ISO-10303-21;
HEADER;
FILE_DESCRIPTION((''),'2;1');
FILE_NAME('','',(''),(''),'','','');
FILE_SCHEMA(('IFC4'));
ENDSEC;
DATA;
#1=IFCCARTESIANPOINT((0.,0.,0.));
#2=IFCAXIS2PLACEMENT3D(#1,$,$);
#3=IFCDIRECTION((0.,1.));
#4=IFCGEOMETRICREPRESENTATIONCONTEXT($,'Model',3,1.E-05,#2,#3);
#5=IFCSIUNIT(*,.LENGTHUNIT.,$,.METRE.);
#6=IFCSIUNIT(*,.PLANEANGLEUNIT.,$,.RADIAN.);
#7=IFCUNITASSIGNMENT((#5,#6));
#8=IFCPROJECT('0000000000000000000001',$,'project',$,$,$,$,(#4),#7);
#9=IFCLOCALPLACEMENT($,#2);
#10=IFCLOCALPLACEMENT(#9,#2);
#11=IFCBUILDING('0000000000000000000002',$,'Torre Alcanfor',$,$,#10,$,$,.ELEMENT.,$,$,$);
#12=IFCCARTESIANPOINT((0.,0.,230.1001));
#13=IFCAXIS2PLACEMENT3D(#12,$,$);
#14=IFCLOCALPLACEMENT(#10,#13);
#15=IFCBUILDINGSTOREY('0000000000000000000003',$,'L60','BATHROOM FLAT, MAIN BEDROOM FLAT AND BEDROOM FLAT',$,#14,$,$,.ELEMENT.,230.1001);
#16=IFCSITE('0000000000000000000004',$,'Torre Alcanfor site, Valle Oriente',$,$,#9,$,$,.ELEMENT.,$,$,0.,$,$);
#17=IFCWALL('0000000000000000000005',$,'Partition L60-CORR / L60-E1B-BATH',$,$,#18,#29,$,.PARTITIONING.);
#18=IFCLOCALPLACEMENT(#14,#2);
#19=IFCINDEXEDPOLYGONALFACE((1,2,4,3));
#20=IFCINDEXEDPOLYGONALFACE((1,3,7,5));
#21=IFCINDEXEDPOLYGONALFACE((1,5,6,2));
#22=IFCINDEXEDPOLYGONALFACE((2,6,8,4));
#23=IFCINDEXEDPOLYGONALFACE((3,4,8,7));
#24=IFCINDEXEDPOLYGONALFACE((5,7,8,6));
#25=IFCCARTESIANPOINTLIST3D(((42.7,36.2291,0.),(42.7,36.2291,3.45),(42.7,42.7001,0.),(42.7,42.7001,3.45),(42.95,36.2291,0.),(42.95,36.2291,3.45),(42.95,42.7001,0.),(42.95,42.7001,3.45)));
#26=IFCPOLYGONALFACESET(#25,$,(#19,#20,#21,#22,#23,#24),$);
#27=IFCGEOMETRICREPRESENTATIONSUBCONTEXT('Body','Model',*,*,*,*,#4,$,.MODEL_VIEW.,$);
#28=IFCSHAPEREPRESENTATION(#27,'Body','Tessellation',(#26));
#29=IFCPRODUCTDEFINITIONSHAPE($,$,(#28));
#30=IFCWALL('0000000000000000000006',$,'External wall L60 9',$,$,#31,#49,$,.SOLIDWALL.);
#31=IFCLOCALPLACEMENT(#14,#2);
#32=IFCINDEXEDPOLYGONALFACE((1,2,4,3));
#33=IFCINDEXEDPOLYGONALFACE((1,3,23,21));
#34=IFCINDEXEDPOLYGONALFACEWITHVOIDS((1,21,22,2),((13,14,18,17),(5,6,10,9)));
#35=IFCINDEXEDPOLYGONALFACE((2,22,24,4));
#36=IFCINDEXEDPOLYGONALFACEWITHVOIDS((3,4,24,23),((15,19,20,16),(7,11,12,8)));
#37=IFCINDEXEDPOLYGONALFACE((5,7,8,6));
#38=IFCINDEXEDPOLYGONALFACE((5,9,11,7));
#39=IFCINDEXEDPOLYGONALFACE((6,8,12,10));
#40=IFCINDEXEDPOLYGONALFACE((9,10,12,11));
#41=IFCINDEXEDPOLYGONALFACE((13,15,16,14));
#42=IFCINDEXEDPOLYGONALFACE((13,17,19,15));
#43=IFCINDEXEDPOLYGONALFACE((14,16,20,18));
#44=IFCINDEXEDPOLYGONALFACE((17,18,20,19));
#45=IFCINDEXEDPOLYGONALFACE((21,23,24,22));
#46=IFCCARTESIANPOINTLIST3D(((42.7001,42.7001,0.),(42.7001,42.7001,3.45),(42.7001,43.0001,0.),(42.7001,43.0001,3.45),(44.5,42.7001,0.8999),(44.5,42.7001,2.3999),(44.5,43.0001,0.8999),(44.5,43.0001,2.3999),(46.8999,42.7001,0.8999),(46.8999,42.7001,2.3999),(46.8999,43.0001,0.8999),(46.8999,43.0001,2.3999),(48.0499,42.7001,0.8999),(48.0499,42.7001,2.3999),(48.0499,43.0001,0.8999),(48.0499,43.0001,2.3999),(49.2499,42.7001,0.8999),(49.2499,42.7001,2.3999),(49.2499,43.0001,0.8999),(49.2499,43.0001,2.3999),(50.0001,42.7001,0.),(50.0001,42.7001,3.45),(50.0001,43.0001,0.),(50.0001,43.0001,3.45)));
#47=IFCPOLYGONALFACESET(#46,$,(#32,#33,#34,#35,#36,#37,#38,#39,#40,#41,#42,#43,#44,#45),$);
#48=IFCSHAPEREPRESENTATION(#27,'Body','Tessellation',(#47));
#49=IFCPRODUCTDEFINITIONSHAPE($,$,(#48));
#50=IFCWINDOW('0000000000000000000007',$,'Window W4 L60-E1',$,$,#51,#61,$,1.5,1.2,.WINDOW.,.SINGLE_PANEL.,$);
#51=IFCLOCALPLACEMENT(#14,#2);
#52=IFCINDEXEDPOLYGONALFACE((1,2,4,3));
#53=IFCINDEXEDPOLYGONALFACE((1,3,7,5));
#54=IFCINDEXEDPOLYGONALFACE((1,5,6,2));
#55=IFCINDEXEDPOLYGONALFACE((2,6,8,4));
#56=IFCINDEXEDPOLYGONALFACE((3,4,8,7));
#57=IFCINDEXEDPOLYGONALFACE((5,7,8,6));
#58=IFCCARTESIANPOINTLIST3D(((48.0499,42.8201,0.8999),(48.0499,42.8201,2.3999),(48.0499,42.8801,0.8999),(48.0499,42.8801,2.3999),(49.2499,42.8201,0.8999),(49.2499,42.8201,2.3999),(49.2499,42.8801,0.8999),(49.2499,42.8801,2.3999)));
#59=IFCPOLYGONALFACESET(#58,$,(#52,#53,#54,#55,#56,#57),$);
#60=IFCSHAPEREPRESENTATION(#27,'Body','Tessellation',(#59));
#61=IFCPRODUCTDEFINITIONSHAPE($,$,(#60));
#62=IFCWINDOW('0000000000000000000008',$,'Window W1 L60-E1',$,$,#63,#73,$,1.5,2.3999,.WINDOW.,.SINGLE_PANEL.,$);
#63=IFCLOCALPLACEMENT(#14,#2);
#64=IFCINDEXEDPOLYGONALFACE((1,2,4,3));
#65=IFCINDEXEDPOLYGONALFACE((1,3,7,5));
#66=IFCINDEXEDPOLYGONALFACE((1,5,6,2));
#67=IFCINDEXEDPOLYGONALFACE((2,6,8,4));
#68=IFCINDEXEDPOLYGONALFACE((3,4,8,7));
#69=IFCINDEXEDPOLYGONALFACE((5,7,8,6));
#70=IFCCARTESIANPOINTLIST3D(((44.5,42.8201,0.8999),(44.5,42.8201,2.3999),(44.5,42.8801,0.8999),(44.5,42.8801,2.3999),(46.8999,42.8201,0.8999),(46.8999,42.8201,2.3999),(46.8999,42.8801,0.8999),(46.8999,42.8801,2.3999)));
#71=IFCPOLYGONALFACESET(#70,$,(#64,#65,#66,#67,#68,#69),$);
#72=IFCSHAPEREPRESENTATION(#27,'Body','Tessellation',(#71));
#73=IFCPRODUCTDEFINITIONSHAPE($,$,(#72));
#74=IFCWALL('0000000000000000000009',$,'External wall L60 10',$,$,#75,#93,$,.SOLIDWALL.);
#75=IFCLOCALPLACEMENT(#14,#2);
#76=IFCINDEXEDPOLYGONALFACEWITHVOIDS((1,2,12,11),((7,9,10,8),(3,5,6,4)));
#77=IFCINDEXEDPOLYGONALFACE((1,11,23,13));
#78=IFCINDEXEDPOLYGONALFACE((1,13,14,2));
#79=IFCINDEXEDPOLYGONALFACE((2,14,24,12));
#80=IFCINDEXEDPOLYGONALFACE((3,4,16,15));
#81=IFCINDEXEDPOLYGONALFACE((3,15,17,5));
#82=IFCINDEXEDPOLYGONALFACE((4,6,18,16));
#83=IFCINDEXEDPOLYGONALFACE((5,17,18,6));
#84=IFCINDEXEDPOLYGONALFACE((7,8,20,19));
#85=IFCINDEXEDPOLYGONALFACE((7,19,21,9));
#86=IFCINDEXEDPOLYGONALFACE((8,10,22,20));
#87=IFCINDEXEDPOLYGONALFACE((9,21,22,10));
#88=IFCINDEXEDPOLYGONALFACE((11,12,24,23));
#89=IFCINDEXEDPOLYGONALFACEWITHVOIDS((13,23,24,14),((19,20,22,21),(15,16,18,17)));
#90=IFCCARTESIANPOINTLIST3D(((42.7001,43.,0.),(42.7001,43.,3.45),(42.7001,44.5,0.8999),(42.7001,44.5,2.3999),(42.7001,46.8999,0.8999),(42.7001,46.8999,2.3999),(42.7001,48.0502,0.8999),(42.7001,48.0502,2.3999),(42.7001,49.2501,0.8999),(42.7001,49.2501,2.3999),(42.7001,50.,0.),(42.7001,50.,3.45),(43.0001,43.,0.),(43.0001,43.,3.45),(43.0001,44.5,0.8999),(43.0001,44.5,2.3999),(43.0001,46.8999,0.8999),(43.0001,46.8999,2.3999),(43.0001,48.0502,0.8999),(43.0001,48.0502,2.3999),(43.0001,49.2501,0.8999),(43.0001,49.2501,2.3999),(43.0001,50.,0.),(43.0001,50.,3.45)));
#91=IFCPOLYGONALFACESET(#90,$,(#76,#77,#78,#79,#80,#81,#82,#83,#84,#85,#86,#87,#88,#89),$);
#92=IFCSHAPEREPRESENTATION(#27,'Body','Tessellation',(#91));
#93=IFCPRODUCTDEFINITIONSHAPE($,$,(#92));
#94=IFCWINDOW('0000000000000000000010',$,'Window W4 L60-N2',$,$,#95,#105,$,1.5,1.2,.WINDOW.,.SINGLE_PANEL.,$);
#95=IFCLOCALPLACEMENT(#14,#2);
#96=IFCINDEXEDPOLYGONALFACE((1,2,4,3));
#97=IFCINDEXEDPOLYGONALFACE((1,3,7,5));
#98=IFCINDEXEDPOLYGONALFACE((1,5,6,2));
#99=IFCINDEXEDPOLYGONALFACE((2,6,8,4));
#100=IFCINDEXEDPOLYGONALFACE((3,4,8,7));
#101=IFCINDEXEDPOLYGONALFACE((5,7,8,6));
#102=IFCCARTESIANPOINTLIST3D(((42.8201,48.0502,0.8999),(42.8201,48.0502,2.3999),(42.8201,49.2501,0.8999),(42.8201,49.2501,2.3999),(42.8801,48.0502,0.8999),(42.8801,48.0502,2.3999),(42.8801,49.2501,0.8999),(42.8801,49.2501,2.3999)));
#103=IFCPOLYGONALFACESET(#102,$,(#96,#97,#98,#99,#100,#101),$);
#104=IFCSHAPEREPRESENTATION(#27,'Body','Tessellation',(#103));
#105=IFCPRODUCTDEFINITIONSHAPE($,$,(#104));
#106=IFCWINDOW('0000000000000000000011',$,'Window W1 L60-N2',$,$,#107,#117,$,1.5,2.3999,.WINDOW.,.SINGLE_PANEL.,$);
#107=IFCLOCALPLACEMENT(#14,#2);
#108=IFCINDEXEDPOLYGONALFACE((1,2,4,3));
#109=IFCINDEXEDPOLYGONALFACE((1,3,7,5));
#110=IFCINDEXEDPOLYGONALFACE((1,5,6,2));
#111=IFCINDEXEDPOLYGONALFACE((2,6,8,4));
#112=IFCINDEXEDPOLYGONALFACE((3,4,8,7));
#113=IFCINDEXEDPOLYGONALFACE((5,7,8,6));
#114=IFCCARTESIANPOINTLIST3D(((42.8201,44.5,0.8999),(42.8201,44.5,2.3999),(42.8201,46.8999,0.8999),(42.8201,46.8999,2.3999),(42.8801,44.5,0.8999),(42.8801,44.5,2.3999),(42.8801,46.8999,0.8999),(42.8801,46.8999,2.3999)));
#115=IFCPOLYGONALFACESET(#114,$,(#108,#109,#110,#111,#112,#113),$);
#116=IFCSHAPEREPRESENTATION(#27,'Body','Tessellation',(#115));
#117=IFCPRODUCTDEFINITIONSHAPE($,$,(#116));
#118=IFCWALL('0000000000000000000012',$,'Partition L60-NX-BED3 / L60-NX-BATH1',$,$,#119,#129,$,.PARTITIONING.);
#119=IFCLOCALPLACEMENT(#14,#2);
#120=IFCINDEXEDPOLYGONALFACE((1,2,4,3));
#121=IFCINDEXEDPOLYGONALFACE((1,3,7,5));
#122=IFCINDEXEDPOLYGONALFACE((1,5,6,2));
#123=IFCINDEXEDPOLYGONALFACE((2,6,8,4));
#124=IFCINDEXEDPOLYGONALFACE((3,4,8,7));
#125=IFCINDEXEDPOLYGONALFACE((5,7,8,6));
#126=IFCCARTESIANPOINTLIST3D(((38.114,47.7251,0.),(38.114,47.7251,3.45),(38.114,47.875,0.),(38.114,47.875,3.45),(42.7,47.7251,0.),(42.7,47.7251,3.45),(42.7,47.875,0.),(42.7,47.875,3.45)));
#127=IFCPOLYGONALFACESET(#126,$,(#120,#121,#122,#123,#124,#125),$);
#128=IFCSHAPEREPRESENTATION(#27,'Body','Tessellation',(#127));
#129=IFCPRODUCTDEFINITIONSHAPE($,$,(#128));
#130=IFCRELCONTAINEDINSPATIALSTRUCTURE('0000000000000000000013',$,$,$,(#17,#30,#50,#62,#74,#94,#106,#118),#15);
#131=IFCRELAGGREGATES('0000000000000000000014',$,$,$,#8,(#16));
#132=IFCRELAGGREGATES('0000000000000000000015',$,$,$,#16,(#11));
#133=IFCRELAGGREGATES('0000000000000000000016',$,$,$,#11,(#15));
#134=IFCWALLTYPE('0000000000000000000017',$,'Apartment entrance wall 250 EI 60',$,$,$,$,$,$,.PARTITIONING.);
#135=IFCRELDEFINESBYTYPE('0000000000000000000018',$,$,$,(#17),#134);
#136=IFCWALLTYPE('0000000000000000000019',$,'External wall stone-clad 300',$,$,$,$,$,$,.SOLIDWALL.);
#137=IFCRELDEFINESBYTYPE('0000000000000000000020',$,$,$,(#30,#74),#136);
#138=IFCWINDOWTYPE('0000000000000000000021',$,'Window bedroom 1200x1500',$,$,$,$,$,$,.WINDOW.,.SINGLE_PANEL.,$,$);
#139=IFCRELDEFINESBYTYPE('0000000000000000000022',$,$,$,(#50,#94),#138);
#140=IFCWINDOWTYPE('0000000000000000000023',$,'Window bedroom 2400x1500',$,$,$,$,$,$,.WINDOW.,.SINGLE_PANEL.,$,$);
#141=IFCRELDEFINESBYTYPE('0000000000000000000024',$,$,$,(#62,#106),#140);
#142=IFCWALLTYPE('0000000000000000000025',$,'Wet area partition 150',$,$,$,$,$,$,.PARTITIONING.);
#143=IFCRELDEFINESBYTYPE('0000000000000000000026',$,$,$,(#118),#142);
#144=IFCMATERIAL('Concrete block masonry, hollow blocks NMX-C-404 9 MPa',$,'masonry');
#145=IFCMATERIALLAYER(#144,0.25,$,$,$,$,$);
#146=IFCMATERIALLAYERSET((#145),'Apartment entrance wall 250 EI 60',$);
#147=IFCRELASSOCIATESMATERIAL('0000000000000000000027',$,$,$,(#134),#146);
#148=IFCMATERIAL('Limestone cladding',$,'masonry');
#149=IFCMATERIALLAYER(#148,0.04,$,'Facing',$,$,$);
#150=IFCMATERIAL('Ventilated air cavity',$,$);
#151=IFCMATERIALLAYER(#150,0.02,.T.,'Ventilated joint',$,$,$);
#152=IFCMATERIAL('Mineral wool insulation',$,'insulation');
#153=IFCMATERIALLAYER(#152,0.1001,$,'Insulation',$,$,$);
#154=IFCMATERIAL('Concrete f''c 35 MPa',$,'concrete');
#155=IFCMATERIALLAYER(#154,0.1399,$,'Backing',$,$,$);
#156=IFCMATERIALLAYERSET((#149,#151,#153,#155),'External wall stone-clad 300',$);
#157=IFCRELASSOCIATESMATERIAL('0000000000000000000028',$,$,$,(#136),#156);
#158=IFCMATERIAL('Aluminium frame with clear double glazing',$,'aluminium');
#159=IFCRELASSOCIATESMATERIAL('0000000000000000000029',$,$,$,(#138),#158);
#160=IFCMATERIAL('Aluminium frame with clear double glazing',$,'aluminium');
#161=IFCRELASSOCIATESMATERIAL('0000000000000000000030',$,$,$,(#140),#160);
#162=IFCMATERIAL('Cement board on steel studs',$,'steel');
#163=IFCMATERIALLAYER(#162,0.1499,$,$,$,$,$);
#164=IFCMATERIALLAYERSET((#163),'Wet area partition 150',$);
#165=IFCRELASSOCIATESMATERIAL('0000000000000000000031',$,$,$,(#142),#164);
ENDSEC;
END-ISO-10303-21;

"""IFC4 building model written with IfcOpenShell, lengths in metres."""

from ifc_helpers import new_model, si_unit, direction, frame, frame_2d, origin, place, context, subcontext, project, spatial, rectangle, extrude, material, layer, layer_set, type_object, element, fill, save


model = new_model("IFC4")

# Units and contexts
model_context = context("Model", 3, precision=1e-05, world=origin(), true_north=direction((0.0, 1.0)))
body_context = subcontext(model_context, "Body", "Model", "MODEL_VIEW")
ifc_project = project(units=[si_unit("LENGTHUNIT", "METRE"), si_unit("PLANEANGLEUNIT", "RADIAN")], contexts=[model_context])

# Site, building, storey
site_placement = place(None, origin())
site = spatial("IfcSite", under=ifc_project, at=site_placement, Name="Torre Alcanfor site, Valle Oriente", CompositionType="ELEMENT", RefElevation=0.0)
building_placement = place(site_placement, origin())
building = spatial("IfcBuilding", under=site, at=building_placement, Name="Torre Alcanfor", CompositionType="ELEMENT")
storey_placement = place(building_placement, frame((0.0, 0.0, 230.1001)))
storey = spatial("IfcBuildingStorey", under=building, at=storey_placement, Name="L60", Description="BATHROOM FLAT, MAIN BEDROOM FLAT AND BEDROOM FLAT", CompositionType="ELEMENT", Elevation=230.1001)

# Wall
ifc_material_1 = material(Name="Concrete block masonry, hollow blocks NMX-C-404 9 MPa", Category="masonry")
ifc_layer_1 = layer(ifc_material_1, 0.25)
ifc_layer_set_1 = layer_set([ifc_layer_1], Name="Apartment entrance wall 250 EI 60")
wall_type_1 = type_object("IfcWallType", Name="Apartment entrance wall 250 EI 60", PredefinedType="PARTITIONING", material=ifc_layer_set_1)
wall_1_placement = place(storey_placement, frame((42.825, 42.7, 0.0), z_axis=(0.0, 0.0, 1.0), x_axis=(0.0, -1.0, 0.0)))
element("IfcWall", 1, at=wall_1_placement, inside=storey, type_object=wall_type_1, Name="Partition L60-CORR / L60-E1B-BATH", PredefinedType="PARTITIONING", context=body_context, shape_type="SweptSolid", body=[
    extrude(rectangle(XDim=6.4709, YDim=0.25, at=frame_2d((3.2354, 0.0))), origin(), (0.0, 0.0, 1.0), 3.45),
])

# Walls, openings, windows
ifc_material_2 = material(Name="Limestone cladding", Category="masonry")
ifc_layer_2 = layer(ifc_material_2, 0.04, Name="Facing")
ifc_material_3 = material(Name="Ventilated air cavity")
ifc_layer_3 = layer(ifc_material_3, 0.02, ventilated=True, Name="Ventilated joint")
ifc_material_4 = material(Name="Mineral wool insulation", Category="insulation")
ifc_layer_4 = layer(ifc_material_4, 0.1001, Name="Insulation")
ifc_material_5 = material(Name="Concrete f'c 35 MPa", Category="concrete")
ifc_layer_5 = layer(ifc_material_5, 0.1399, Name="Backing")
ifc_layer_set_2 = layer_set([ifc_layer_2, ifc_layer_3, ifc_layer_4, ifc_layer_5], Name="External wall stone-clad 300")
wall_type_2 = type_object("IfcWallType", Name="External wall stone-clad 300", PredefinedType="SOLIDWALL", material=ifc_layer_set_2)
wall_2_placement = place(storey_placement, frame((50.0, 42.8501, 0.0), z_axis=(0.0, 0.0, 1.0), x_axis=(-1.0, 0.0, 0.0)))
wall_2 = element("IfcWall", 2, at=wall_2_placement, inside=storey, type_object=wall_type_2, Name="External wall L60 9", PredefinedType="SOLIDWALL", context=body_context, shape_type="SweptSolid", body=[
    extrude(rectangle(XDim=7.3, YDim=0.3, at=frame_2d((3.6499, 0.0))), origin(), (0.0, 0.0, 1.0), 3.45),
])
opening_1_placement = place(wall_2_placement, frame((3.1001, 0.0, 0.8999)))
opening_1 = element("IfcOpeningElement", 3, at=opening_1_placement, cuts=wall_2, PredefinedType="OPENING", context=body_context, shape_type="SweptSolid", body=[
    extrude(rectangle(XDim=2.3999, YDim=1.5, at=frame_2d((1.2, 0.75))), frame((0.0, 0.1599, 0.0), z_axis=(0.0, -1.0, 0.0), x_axis=(1.0, 0.0, 0.0)), (0.0, 0.0, 1.0), 0.3201),
])
opening_2_placement = place(wall_2_placement, frame((0.75, 0.0, 0.8999)))
opening_2 = element("IfcOpeningElement", 4, at=opening_2_placement, cuts=wall_2, PredefinedType="OPENING", context=body_context, shape_type="SweptSolid", body=[
    extrude(rectangle(XDim=1.2, YDim=1.5, at=frame_2d((0.6001, 0.75))), frame((0.0, 0.1599, 0.0), z_axis=(0.0, -1.0, 0.0), x_axis=(1.0, 0.0, 0.0)), (0.0, 0.0, 1.0), 0.3201),
])
ifc_material_6 = material(Name="Aluminium frame with clear double glazing", Category="aluminium")
window_type_1 = type_object("IfcWindowType", Name="Window bedroom 1200x1500", PartitioningType="SINGLE_PANEL", PredefinedType="WINDOW", material=ifc_material_6)
window_1_placement = place(opening_2_placement, origin())
window_1 = element("IfcWindow", 5, at=window_1_placement, inside=storey, type_object=window_type_1, Name="Window W4 L60-E1", OverallHeight=1.5, OverallWidth=1.2, PartitioningType="SINGLE_PANEL", PredefinedType="WINDOW", context=body_context, shape_type="SweptSolid", body=[
    extrude(rectangle(XDim=1.2, YDim=1.5, at=frame_2d((0.6001, 0.75))), frame((0.0, 0.03, 0.0), z_axis=(0.0, -1.0, 0.0), x_axis=(1.0, 0.0, 0.0)), (0.0, 0.0, 1.0), 0.0601),
])
fill(opening_2, window_1)
ifc_material_7 = material(Name="Aluminium frame with clear double glazing", Category="aluminium")
window_type_2 = type_object("IfcWindowType", Name="Window bedroom 2400x1500", PartitioningType="SINGLE_PANEL", PredefinedType="WINDOW", material=ifc_material_7)
window_2_placement = place(opening_1_placement, origin())
window_2 = element("IfcWindow", 6, at=window_2_placement, inside=storey, type_object=window_type_2, Name="Window W1 L60-E1", OverallHeight=1.5, OverallWidth=2.3999, PartitioningType="SINGLE_PANEL", PredefinedType="WINDOW", context=body_context, shape_type="SweptSolid", body=[
    extrude(rectangle(XDim=2.3999, YDim=1.5, at=frame_2d((1.2, 0.75))), frame((0.0, 0.03, 0.0), z_axis=(0.0, -1.0, 0.0), x_axis=(1.0, 0.0, 0.0)), (0.0, 0.0, 1.0), 0.0601),
])
fill(opening_1, window_2)
wall_3_placement = place(storey_placement, frame((42.8501, 43.0, 0.0), z_axis=(0.0, 0.0, 1.0), x_axis=(0.0, 1.0, 0.0)))
wall_3 = element("IfcWall", 7, at=wall_3_placement, inside=storey, type_object=wall_type_2, Name="External wall L60 10", PredefinedType="SOLIDWALL", context=body_context, shape_type="SweptSolid", body=[
    extrude(rectangle(XDim=7.0, YDim=0.3, at=frame_2d((3.5, 0.0))), origin(), (0.0, 0.0, 1.0), 3.45),
])
opening_3_placement = place(wall_3_placement, frame((1.5, 0.0, 0.8999)))
opening_3 = element("IfcOpeningElement", 8, at=opening_3_placement, cuts=wall_3, PredefinedType="OPENING", context=body_context, shape_type="SweptSolid", body=[
    extrude(rectangle(XDim=2.3999, YDim=1.5, at=frame_2d((1.2, 0.75))), frame((0.0, 0.1599, 0.0), z_axis=(0.0, -1.0, 0.0), x_axis=(1.0, 0.0, 0.0)), (0.0, 0.0, 1.0), 0.3201),
])
opening_4_placement = place(wall_3_placement, frame((5.05, 0.0, 0.8999)))
opening_4 = element("IfcOpeningElement", 9, at=opening_4_placement, cuts=wall_3, PredefinedType="OPENING", context=body_context, shape_type="SweptSolid", body=[
    extrude(rectangle(XDim=1.2, YDim=1.5, at=frame_2d((0.6001, 0.75))), frame((0.0, 0.1599, 0.0), z_axis=(0.0, -1.0, 0.0), x_axis=(1.0, 0.0, 0.0)), (0.0, 0.0, 1.0), 0.3201),
])
window_3_placement = place(opening_4_placement, origin())
window_3 = element("IfcWindow", 10, at=window_3_placement, inside=storey, type_object=window_type_1, Name="Window W4 L60-N2", OverallHeight=1.5, OverallWidth=1.2, PartitioningType="SINGLE_PANEL", PredefinedType="WINDOW", context=body_context, shape_type="SweptSolid", body=[
    extrude(rectangle(XDim=1.2, YDim=1.5, at=frame_2d((0.6001, 0.75))), frame((0.0, 0.03, 0.0), z_axis=(0.0, -1.0, 0.0), x_axis=(1.0, 0.0, 0.0)), (0.0, 0.0, 1.0), 0.0601),
])
fill(opening_4, window_3)
window_4_placement = place(opening_3_placement, origin())
window_4 = element("IfcWindow", 11, at=window_4_placement, inside=storey, type_object=window_type_2, Name="Window W1 L60-N2", OverallHeight=1.5, OverallWidth=2.3999, PartitioningType="SINGLE_PANEL", PredefinedType="WINDOW", context=body_context, shape_type="SweptSolid", body=[
    extrude(rectangle(XDim=2.3999, YDim=1.5, at=frame_2d((1.2, 0.75))), frame((0.0, 0.03, 0.0), z_axis=(0.0, -1.0, 0.0), x_axis=(1.0, 0.0, 0.0)), (0.0, 0.0, 1.0), 0.0601),
])
fill(opening_3, window_4)

# Wall
ifc_material_8 = material(Name="Cement board on steel studs", Category="steel")
ifc_layer_6 = layer(ifc_material_8, 0.1499)
ifc_layer_set_3 = layer_set([ifc_layer_6], Name="Wet area partition 150")
wall_type_3 = type_object("IfcWallType", Name="Wet area partition 150", PredefinedType="PARTITIONING", material=ifc_layer_set_3)
wall_4_placement = place(storey_placement, frame((42.7, 47.8, 0.0), z_axis=(0.0, 0.0, 1.0), x_axis=(-1.0, 0.0, 0.0)))
element("IfcWall", 12, at=wall_4_placement, inside=storey, type_object=wall_type_3, Name="Partition L60-NX-BED3 / L60-NX-BATH1", PredefinedType="PARTITIONING", context=body_context, shape_type="SweptSolid", body=[
    extrude(rectangle(XDim=4.5859, YDim=0.1499, at=frame_2d((2.293, 0.0))), origin(), (0.0, 0.0, 1.0), 3.45),
])

save(model, "model.ifc")
